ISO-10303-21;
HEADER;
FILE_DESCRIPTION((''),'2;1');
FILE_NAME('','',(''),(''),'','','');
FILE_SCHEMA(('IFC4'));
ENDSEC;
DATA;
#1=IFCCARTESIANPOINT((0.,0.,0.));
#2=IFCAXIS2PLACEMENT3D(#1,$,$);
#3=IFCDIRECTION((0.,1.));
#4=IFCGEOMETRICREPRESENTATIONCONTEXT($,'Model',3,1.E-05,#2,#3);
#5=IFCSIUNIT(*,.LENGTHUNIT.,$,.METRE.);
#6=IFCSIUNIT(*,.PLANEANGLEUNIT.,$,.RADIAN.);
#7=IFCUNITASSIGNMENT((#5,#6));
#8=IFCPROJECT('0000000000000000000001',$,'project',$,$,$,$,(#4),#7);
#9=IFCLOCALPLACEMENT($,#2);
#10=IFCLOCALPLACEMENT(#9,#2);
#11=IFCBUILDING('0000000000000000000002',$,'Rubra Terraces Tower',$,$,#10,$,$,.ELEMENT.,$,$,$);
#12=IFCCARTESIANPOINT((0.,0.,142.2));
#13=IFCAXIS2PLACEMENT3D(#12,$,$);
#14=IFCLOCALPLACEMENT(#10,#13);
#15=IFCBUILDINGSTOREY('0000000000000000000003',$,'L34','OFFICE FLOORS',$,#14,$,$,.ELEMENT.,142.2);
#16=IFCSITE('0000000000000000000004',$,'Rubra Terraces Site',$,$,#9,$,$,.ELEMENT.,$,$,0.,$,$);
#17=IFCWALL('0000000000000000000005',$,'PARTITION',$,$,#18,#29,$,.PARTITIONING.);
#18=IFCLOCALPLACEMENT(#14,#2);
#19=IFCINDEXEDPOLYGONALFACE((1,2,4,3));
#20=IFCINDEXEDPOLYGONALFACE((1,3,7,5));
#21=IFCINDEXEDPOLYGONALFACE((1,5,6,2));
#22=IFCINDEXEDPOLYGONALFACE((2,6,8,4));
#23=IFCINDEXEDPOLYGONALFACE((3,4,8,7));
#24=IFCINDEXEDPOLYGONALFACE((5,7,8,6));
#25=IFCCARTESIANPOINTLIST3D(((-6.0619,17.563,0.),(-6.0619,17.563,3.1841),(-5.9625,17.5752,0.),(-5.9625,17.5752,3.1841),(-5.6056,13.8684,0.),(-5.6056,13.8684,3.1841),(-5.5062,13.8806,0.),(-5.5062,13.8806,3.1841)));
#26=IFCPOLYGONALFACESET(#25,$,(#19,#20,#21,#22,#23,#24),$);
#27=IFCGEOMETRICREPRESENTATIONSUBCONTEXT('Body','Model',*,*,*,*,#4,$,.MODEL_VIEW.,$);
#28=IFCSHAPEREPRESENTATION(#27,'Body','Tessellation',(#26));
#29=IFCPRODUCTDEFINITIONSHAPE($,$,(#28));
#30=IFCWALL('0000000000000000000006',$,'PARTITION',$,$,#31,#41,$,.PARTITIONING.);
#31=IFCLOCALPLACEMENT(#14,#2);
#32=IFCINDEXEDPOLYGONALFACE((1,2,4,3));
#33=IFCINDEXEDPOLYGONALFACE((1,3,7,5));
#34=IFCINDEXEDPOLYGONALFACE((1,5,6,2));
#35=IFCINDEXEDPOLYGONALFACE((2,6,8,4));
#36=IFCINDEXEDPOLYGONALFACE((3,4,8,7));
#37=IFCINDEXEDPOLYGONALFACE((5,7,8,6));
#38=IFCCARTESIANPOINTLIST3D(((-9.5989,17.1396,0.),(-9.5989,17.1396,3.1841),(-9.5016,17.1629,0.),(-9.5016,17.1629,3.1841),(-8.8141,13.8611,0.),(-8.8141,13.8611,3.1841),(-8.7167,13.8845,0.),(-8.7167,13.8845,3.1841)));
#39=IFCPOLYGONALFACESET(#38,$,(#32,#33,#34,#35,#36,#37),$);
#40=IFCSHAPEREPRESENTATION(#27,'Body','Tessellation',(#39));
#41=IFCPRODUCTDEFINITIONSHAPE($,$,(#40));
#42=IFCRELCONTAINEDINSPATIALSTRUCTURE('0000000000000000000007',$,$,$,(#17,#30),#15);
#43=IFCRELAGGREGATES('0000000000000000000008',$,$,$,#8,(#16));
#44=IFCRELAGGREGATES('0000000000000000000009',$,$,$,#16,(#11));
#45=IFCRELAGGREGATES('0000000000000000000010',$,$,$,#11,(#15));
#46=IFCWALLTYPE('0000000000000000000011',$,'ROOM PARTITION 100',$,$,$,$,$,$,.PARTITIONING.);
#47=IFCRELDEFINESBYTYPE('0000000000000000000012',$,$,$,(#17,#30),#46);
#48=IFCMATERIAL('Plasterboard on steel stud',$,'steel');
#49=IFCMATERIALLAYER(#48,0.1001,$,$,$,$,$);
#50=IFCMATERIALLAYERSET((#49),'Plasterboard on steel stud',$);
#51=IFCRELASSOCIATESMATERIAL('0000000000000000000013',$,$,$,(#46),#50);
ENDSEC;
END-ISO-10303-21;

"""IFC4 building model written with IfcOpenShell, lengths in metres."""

from ifc_helpers import new_model, si_unit, direction, frame, frame_2d, origin, place, context, subcontext, project, spatial, rectangle, extrude, material, layer, layer_set, type_object, element, save


model = new_model("IFC4")

# Units and contexts
model_context = context("Model", 3, precision=1e-05, world=origin(), true_north=direction((0.0, 1.0)))
body_context = subcontext(model_context, "Body", "Model", "MODEL_VIEW")
ifc_project = project(units=[si_unit("LENGTHUNIT", "METRE"), si_unit("PLANEANGLEUNIT", "RADIAN")], contexts=[model_context])

# Site, building, storey
site_placement = place(None, origin())
site = spatial("IfcSite", under=ifc_project, at=site_placement, Name="Rubra Terraces Site", CompositionType="ELEMENT", RefElevation=0.0)
building_placement = place(site_placement, origin())
building = spatial("IfcBuilding", under=site, at=building_placement, Name="Rubra Terraces Tower", CompositionType="ELEMENT")
storey_placement = place(building_placement, frame((0.0, 0.0, 142.2)))
storey = spatial("IfcBuildingStorey", under=building, at=storey_placement, Name="L34", Description="OFFICE FLOORS", CompositionType="ELEMENT", Elevation=142.2)

# Shared definitions
ifc_material_1 = material(Name="Plasterboard on steel stud", Category="steel")
ifc_layer_1 = layer(ifc_material_1, 0.1001)
ifc_layer_set_1 = layer_set([ifc_layer_1], Name="Plasterboard on steel stud")
wall_type_1 = type_object("IfcWallType", Name="ROOM PARTITION 100", PredefinedType="PARTITIONING", material=ifc_layer_set_1)

# Walls
wall_1_placement = place(storey_placement, frame((-5.5559, 13.8745, 0.0), z_axis=(0.0, 0.0, 1.0), x_axis=(-0.122574, 0.992459, 0.0)))
element("IfcWall", 1, at=wall_1_placement, inside=storey, type_object=wall_type_1, Name="PARTITION", PredefinedType="PARTITIONING", context=body_context, shape_type="SweptSolid", body=[
    extrude(rectangle(XDim=3.7227, YDim=0.1001, at=frame_2d((1.8613, 0.0))), origin(), (0.0, 0.0, 1.0), 3.1841),
])
wall_2_placement = place(storey_placement, frame((-8.7654, 13.8728, 0.0), z_axis=(0.0, 0.0, 1.0), x_axis=(-0.232828, 0.972518, 0.0)))
element("IfcWall", 2, at=wall_2_placement, inside=storey, type_object=wall_type_1, Name="PARTITION", PredefinedType="PARTITIONING", context=body_context, shape_type="SweptSolid", body=[
    extrude(rectangle(XDim=3.3711, YDim=0.1001, at=frame_2d((1.6855, 0.0))), origin(), (0.0, 0.0, 1.0), 3.1841),
])

save(model, "model.ifc")
